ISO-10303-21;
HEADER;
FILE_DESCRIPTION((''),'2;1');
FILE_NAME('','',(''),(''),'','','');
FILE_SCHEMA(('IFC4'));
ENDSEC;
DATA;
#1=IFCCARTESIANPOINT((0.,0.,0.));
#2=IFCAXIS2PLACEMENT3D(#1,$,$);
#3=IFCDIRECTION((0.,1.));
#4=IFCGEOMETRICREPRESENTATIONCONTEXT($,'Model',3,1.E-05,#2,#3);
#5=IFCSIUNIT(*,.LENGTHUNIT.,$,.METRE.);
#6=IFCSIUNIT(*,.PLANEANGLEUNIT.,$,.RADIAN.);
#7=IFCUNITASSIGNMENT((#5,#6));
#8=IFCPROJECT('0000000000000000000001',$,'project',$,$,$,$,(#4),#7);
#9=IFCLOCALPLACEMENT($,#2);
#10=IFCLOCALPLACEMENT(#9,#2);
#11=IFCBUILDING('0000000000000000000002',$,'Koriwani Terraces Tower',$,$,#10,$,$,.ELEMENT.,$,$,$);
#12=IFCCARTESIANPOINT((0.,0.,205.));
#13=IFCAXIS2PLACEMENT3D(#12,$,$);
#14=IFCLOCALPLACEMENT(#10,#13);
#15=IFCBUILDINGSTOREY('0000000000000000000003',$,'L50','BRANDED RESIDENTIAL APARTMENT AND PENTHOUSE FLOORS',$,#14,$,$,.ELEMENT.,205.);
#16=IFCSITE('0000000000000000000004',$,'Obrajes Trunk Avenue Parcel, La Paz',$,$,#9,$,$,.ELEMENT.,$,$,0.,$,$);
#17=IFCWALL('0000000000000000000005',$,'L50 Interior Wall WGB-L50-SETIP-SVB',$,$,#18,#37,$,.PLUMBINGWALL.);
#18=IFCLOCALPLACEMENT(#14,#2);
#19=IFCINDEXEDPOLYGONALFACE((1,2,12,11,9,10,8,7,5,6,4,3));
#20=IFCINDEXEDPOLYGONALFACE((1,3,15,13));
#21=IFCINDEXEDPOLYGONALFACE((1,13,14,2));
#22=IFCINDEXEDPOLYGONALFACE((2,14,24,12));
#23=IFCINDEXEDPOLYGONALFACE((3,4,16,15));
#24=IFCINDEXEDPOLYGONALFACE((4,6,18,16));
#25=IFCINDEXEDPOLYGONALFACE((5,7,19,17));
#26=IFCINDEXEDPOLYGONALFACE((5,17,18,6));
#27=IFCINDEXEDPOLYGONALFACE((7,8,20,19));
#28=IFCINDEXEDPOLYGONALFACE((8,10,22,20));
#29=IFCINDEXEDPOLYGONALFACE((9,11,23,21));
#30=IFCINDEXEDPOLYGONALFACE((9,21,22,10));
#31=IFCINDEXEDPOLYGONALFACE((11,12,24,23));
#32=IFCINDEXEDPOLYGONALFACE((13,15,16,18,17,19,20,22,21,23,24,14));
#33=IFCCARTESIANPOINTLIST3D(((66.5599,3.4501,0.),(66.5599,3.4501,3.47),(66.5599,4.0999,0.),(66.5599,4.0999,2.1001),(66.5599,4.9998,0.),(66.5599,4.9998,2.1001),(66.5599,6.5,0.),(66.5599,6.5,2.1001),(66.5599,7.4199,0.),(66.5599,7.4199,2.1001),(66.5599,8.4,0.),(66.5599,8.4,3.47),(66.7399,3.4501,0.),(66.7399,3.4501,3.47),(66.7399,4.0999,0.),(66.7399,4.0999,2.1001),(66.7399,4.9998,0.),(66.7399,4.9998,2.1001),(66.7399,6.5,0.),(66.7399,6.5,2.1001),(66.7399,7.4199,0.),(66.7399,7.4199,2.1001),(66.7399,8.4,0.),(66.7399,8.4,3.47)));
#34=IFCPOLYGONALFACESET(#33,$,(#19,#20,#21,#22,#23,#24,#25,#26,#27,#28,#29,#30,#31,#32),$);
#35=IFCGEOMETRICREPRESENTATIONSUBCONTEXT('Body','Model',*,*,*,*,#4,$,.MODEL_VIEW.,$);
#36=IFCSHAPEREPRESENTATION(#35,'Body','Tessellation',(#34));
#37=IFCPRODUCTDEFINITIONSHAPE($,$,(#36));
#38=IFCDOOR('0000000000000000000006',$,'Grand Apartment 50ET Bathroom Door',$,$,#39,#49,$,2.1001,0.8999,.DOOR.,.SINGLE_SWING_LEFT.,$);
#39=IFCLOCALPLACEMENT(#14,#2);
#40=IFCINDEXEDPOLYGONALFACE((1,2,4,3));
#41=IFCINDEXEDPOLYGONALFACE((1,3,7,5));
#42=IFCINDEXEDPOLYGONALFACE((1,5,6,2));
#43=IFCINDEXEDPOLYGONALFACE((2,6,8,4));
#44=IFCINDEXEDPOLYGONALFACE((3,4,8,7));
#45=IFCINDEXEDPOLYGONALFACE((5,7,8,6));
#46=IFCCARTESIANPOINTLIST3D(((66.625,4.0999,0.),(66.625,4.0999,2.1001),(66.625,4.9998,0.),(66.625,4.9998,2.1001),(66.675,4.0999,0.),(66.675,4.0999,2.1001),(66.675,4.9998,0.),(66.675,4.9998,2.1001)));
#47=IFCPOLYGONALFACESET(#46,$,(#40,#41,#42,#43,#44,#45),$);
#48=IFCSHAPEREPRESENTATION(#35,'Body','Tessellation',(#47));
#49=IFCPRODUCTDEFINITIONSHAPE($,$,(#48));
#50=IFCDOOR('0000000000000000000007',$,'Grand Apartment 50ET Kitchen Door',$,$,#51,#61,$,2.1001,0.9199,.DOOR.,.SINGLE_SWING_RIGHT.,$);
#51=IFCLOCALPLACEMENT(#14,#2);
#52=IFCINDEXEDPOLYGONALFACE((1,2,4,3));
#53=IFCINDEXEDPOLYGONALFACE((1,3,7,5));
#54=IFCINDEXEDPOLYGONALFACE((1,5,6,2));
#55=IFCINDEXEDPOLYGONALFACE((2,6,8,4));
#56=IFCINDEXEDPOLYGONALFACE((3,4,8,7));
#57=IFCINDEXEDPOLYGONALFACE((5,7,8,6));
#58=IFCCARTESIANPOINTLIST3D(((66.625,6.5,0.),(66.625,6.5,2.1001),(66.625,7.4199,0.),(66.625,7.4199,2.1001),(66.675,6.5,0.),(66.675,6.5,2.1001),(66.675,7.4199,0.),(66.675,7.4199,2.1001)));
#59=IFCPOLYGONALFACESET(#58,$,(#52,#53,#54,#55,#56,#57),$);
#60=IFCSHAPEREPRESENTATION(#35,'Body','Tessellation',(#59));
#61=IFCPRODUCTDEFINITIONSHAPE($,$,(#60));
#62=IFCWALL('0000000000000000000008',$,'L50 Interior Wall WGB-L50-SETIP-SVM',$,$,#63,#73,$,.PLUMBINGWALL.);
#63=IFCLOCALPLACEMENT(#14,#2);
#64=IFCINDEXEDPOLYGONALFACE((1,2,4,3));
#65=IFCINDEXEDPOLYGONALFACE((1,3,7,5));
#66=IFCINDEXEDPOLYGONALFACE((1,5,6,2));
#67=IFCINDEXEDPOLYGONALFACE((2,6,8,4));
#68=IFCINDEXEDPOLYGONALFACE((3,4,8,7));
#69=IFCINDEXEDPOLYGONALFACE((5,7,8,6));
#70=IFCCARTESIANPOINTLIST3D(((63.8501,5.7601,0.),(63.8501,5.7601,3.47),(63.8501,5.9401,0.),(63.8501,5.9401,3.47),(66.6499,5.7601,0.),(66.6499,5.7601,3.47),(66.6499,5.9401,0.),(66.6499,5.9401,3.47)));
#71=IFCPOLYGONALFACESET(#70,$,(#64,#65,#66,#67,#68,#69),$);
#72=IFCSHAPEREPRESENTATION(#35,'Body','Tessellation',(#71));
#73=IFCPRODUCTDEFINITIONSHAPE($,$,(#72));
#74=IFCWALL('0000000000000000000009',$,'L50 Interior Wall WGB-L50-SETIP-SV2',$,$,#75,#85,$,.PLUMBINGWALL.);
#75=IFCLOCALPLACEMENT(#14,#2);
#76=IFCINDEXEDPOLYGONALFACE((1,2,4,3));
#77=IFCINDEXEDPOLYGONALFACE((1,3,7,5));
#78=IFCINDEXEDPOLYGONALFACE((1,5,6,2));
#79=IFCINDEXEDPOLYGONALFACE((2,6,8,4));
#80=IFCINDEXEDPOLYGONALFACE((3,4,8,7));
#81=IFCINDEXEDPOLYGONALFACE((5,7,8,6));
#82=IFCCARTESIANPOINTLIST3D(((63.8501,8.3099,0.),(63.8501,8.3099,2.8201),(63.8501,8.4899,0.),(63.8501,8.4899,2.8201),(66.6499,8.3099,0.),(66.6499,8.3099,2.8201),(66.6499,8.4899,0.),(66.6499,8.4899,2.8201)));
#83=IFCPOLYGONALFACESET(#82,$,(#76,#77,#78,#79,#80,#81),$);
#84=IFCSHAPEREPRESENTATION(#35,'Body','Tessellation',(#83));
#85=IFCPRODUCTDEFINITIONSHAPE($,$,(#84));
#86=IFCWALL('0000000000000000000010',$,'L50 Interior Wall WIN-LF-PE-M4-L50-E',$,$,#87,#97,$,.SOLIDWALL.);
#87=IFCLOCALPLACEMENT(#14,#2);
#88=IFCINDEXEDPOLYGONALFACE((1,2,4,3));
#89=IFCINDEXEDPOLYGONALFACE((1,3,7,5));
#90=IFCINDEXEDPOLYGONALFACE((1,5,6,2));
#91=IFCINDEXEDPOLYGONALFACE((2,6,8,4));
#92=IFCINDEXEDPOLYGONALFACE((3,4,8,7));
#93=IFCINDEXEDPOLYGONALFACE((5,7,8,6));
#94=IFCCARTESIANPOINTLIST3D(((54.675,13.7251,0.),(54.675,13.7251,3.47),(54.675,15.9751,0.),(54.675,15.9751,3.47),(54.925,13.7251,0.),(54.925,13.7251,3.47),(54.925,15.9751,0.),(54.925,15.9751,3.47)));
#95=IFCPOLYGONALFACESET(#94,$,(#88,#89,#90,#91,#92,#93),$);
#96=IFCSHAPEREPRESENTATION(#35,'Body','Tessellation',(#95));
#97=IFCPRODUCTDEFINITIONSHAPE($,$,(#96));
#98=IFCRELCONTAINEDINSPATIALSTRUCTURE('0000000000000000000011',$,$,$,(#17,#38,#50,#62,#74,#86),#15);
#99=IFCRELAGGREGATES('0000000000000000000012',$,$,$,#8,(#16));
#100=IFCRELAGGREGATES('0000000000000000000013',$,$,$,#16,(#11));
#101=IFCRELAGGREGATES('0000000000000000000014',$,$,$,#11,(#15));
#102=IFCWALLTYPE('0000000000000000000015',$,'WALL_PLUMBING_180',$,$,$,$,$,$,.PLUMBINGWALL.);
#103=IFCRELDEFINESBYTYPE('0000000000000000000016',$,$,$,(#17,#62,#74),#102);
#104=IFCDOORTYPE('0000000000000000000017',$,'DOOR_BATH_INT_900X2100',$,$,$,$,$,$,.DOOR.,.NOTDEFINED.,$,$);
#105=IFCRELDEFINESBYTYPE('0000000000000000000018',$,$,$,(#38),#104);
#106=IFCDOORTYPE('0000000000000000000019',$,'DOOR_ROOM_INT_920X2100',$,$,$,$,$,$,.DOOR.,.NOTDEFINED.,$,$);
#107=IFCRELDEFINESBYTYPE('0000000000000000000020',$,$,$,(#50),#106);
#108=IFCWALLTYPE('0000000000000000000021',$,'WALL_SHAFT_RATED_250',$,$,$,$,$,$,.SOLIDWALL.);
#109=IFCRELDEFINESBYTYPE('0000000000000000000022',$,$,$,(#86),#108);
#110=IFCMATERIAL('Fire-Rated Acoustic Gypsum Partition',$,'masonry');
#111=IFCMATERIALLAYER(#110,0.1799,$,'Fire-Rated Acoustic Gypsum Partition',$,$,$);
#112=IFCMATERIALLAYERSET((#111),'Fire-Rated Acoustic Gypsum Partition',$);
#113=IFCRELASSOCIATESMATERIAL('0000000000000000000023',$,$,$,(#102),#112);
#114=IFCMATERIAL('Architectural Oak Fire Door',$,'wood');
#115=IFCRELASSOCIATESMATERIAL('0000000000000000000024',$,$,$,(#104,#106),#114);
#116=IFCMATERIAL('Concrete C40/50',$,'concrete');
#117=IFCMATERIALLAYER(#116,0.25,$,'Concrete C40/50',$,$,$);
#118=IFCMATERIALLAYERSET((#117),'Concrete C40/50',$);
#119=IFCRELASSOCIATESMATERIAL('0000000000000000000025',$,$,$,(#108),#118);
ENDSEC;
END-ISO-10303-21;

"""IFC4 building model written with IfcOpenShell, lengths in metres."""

from ifc_helpers import new_model, si_unit, direction, frame, frame_2d, origin, place, context, subcontext, project, spatial, rectangle, extrude, material, layer, layer_set, type_object, element, fill, save


model = new_model("IFC4")

# Units and contexts
model_context = context("Model", 3, precision=1e-05, world=origin(), true_north=direction((0.0, 1.0)))
body_context = subcontext(model_context, "Body", "Model", "MODEL_VIEW")
ifc_project = project(units=[si_unit("LENGTHUNIT", "METRE"), si_unit("PLANEANGLEUNIT", "RADIAN")], contexts=[model_context])

# Site, building, storey
site_placement = place(None, origin())
site = spatial("IfcSite", under=ifc_project, at=site_placement, Name="Obrajes Trunk Avenue Parcel, La Paz", CompositionType="ELEMENT", RefElevation=0.0)
building_placement = place(site_placement, origin())
building = spatial("IfcBuilding", under=site, at=building_placement, Name="Koriwani Terraces Tower", CompositionType="ELEMENT")
storey_placement = place(building_placement, frame((0.0, 0.0, 205.0)))
storey = spatial("IfcBuildingStorey", under=building, at=storey_placement, Name="L50", Description="BRANDED RESIDENTIAL APARTMENT AND PENTHOUSE FLOORS", CompositionType="ELEMENT", Elevation=205.0)

# Shared definitions
ifc_material_1 = material(Name="Concrete C40/50", Category="concrete")

# Shared definitions
ifc_material_2 = material(Name="Architectural Oak Fire Door", Category="wood")

# Wall, openings, doors
ifc_material_3 = material(Name="Fire-Rated Acoustic Gypsum Partition", Category="masonry")
ifc_layer_1 = layer(ifc_material_3, 0.1799, Name="Fire-Rated Acoustic Gypsum Partition")
ifc_layer_set_1 = layer_set([ifc_layer_1], Name="Fire-Rated Acoustic Gypsum Partition")
wall_type_1 = type_object("IfcWallType", Name="WALL_PLUMBING_180", PredefinedType="PLUMBINGWALL", material=ifc_layer_set_1)
wall_1_placement = place(storey_placement, frame((66.6499, 3.45, 0.0), z_axis=(0.0, 0.0, 1.0), x_axis=(0.0, 1.0, 0.0)))
wall_1 = element("IfcWall", 1, at=wall_1_placement, inside=storey, type_object=wall_type_1, Name="L50 Interior Wall WGB-L50-SETIP-SVB", PredefinedType="PLUMBINGWALL", context=body_context, shape_type="SweptSolid", body=[
    extrude(rectangle(XDim=4.95, YDim=0.1799, at=frame_2d((2.4751, 0.0))), origin(), (0.0, 0.0, 1.0), 3.47),
])
opening_1_placement = place(wall_1_placement, frame((0.6499, 0.0, 0.0)))
opening_1 = element("IfcOpeningElement", 2, at=opening_1_placement, cuts=wall_1, PredefinedType="OPENING", context=body_context, shape_type="SweptSolid", body=[
    extrude(rectangle(XDim=0.8999, YDim=2.1001, at=frame_2d((0.45, 1.05))), frame((0.0, 0.1001, 0.0), z_axis=(0.0, -1.0, 0.0), x_axis=(1.0, 0.0, 0.0)), (0.0, 0.0, 1.0), 0.2),
])
opening_2_placement = place(wall_1_placement, frame((3.05, 0.0, 0.0)))
opening_2 = element("IfcOpeningElement", 3, at=opening_2_placement, cuts=wall_1, PredefinedType="OPENING", context=body_context, shape_type="SweptSolid", body=[
    extrude(rectangle(XDim=0.9199, YDim=2.1001, at=frame_2d((0.46, 1.05))), frame((0.0, 0.1001, 0.0), z_axis=(0.0, -1.0, 0.0), x_axis=(1.0, 0.0, 0.0)), (0.0, 0.0, 1.0), 0.2),
])
door_type_1 = type_object("IfcDoorType", Name="DOOR_BATH_INT_900X2100", OperationType="NOTDEFINED", PredefinedType="DOOR", material=ifc_material_2)
door_1_placement = place(opening_1_placement, origin())
door_1 = element("IfcDoor", 4, at=door_1_placement, inside=storey, type_object=door_type_1, Name="Grand Apartment 50ET Bathroom Door", OperationType="SINGLE_SWING_LEFT", OverallHeight=2.1001, OverallWidth=0.8999, PredefinedType="DOOR", context=body_context, shape_type="SweptSolid", body=[
    extrude(rectangle(XDim=0.8999, YDim=2.1001, at=frame_2d((0.45, 1.05))), frame((0.0, 0.0249, 0.0), z_axis=(0.0, -1.0, 0.0), x_axis=(1.0, 0.0, 0.0)), (0.0, 0.0, 1.0), 0.05),
])
fill(opening_1, door_1)
door_type_2 = type_object("IfcDoorType", Name="DOOR_ROOM_INT_920X2100", OperationType="NOTDEFINED", PredefinedType="DOOR", material=ifc_material_2)
door_2_placement = place(opening_2_placement, origin())
door_2 = element("IfcDoor", 5, at=door_2_placement, inside=storey, type_object=door_type_2, Name="Grand Apartment 50ET Kitchen Door", OperationType="SINGLE_SWING_RIGHT", OverallHeight=2.1001, OverallWidth=0.9199, PredefinedType="DOOR", context=body_context, shape_type="SweptSolid", body=[
    extrude(rectangle(XDim=0.9199, YDim=2.1001, at=frame_2d((0.46, 1.05))), frame((0.0, 0.0249, 0.0), z_axis=(0.0, -1.0, 0.0), x_axis=(1.0, 0.0, 0.0)), (0.0, 0.0, 1.0), 0.05),
])
fill(opening_2, door_2)

# Walls
wall_2_placement = place(storey_placement, frame((63.8501, 5.8501, 0.0), z_axis=(0.0, 0.0, 1.0), x_axis=(1.0, 0.0, 0.0)))
element("IfcWall", 6, at=wall_2_placement, inside=storey, type_object=wall_type_1, Name="L50 Interior Wall WGB-L50-SETIP-SVM", PredefinedType="PLUMBINGWALL", context=body_context, shape_type="SweptSolid", body=[
    extrude(rectangle(XDim=2.7998, YDim=0.1799, at=frame_2d((1.3999, 0.0))), origin(), (0.0, 0.0, 1.0), 3.47),
])
wall_3_placement = place(storey_placement, frame((63.8501, 8.3999, 0.0), z_axis=(0.0, 0.0, 1.0), x_axis=(1.0, 0.0, 0.0)))
element("IfcWall", 7, at=wall_3_placement, inside=storey, type_object=wall_type_1, Name="L50 Interior Wall WGB-L50-SETIP-SV2", PredefinedType="PLUMBINGWALL", context=body_context, shape_type="SweptSolid", body=[
    extrude(rectangle(XDim=2.7998, YDim=0.1799, at=frame_2d((1.3999, 0.0))), origin(), (0.0, 0.0, 1.0), 2.8201),
])
ifc_layer_2 = layer(ifc_material_1, 0.25, Name="Concrete C40/50")
ifc_layer_set_2 = layer_set([ifc_layer_2], Name="Concrete C40/50")
wall_type_2 = type_object("IfcWallType", Name="WALL_SHAFT_RATED_250", PredefinedType="SOLIDWALL", material=ifc_layer_set_2)
wall_4_placement = place(storey_placement, frame((54.8, 13.7251, 0.0), z_axis=(0.0, 0.0, 1.0), x_axis=(0.0, 1.0, 0.0)))
element("IfcWall", 8, at=wall_4_placement, inside=storey, type_object=wall_type_2, Name="L50 Interior Wall WIN-LF-PE-M4-L50-E", PredefinedType="SOLIDWALL", context=body_context, shape_type="SweptSolid", body=[
    extrude(rectangle(XDim=2.25, YDim=0.25, at=frame_2d((1.125, 0.0))), origin(), (0.0, 0.0, 1.0), 3.47),
])

save(model, "model.ifc")
